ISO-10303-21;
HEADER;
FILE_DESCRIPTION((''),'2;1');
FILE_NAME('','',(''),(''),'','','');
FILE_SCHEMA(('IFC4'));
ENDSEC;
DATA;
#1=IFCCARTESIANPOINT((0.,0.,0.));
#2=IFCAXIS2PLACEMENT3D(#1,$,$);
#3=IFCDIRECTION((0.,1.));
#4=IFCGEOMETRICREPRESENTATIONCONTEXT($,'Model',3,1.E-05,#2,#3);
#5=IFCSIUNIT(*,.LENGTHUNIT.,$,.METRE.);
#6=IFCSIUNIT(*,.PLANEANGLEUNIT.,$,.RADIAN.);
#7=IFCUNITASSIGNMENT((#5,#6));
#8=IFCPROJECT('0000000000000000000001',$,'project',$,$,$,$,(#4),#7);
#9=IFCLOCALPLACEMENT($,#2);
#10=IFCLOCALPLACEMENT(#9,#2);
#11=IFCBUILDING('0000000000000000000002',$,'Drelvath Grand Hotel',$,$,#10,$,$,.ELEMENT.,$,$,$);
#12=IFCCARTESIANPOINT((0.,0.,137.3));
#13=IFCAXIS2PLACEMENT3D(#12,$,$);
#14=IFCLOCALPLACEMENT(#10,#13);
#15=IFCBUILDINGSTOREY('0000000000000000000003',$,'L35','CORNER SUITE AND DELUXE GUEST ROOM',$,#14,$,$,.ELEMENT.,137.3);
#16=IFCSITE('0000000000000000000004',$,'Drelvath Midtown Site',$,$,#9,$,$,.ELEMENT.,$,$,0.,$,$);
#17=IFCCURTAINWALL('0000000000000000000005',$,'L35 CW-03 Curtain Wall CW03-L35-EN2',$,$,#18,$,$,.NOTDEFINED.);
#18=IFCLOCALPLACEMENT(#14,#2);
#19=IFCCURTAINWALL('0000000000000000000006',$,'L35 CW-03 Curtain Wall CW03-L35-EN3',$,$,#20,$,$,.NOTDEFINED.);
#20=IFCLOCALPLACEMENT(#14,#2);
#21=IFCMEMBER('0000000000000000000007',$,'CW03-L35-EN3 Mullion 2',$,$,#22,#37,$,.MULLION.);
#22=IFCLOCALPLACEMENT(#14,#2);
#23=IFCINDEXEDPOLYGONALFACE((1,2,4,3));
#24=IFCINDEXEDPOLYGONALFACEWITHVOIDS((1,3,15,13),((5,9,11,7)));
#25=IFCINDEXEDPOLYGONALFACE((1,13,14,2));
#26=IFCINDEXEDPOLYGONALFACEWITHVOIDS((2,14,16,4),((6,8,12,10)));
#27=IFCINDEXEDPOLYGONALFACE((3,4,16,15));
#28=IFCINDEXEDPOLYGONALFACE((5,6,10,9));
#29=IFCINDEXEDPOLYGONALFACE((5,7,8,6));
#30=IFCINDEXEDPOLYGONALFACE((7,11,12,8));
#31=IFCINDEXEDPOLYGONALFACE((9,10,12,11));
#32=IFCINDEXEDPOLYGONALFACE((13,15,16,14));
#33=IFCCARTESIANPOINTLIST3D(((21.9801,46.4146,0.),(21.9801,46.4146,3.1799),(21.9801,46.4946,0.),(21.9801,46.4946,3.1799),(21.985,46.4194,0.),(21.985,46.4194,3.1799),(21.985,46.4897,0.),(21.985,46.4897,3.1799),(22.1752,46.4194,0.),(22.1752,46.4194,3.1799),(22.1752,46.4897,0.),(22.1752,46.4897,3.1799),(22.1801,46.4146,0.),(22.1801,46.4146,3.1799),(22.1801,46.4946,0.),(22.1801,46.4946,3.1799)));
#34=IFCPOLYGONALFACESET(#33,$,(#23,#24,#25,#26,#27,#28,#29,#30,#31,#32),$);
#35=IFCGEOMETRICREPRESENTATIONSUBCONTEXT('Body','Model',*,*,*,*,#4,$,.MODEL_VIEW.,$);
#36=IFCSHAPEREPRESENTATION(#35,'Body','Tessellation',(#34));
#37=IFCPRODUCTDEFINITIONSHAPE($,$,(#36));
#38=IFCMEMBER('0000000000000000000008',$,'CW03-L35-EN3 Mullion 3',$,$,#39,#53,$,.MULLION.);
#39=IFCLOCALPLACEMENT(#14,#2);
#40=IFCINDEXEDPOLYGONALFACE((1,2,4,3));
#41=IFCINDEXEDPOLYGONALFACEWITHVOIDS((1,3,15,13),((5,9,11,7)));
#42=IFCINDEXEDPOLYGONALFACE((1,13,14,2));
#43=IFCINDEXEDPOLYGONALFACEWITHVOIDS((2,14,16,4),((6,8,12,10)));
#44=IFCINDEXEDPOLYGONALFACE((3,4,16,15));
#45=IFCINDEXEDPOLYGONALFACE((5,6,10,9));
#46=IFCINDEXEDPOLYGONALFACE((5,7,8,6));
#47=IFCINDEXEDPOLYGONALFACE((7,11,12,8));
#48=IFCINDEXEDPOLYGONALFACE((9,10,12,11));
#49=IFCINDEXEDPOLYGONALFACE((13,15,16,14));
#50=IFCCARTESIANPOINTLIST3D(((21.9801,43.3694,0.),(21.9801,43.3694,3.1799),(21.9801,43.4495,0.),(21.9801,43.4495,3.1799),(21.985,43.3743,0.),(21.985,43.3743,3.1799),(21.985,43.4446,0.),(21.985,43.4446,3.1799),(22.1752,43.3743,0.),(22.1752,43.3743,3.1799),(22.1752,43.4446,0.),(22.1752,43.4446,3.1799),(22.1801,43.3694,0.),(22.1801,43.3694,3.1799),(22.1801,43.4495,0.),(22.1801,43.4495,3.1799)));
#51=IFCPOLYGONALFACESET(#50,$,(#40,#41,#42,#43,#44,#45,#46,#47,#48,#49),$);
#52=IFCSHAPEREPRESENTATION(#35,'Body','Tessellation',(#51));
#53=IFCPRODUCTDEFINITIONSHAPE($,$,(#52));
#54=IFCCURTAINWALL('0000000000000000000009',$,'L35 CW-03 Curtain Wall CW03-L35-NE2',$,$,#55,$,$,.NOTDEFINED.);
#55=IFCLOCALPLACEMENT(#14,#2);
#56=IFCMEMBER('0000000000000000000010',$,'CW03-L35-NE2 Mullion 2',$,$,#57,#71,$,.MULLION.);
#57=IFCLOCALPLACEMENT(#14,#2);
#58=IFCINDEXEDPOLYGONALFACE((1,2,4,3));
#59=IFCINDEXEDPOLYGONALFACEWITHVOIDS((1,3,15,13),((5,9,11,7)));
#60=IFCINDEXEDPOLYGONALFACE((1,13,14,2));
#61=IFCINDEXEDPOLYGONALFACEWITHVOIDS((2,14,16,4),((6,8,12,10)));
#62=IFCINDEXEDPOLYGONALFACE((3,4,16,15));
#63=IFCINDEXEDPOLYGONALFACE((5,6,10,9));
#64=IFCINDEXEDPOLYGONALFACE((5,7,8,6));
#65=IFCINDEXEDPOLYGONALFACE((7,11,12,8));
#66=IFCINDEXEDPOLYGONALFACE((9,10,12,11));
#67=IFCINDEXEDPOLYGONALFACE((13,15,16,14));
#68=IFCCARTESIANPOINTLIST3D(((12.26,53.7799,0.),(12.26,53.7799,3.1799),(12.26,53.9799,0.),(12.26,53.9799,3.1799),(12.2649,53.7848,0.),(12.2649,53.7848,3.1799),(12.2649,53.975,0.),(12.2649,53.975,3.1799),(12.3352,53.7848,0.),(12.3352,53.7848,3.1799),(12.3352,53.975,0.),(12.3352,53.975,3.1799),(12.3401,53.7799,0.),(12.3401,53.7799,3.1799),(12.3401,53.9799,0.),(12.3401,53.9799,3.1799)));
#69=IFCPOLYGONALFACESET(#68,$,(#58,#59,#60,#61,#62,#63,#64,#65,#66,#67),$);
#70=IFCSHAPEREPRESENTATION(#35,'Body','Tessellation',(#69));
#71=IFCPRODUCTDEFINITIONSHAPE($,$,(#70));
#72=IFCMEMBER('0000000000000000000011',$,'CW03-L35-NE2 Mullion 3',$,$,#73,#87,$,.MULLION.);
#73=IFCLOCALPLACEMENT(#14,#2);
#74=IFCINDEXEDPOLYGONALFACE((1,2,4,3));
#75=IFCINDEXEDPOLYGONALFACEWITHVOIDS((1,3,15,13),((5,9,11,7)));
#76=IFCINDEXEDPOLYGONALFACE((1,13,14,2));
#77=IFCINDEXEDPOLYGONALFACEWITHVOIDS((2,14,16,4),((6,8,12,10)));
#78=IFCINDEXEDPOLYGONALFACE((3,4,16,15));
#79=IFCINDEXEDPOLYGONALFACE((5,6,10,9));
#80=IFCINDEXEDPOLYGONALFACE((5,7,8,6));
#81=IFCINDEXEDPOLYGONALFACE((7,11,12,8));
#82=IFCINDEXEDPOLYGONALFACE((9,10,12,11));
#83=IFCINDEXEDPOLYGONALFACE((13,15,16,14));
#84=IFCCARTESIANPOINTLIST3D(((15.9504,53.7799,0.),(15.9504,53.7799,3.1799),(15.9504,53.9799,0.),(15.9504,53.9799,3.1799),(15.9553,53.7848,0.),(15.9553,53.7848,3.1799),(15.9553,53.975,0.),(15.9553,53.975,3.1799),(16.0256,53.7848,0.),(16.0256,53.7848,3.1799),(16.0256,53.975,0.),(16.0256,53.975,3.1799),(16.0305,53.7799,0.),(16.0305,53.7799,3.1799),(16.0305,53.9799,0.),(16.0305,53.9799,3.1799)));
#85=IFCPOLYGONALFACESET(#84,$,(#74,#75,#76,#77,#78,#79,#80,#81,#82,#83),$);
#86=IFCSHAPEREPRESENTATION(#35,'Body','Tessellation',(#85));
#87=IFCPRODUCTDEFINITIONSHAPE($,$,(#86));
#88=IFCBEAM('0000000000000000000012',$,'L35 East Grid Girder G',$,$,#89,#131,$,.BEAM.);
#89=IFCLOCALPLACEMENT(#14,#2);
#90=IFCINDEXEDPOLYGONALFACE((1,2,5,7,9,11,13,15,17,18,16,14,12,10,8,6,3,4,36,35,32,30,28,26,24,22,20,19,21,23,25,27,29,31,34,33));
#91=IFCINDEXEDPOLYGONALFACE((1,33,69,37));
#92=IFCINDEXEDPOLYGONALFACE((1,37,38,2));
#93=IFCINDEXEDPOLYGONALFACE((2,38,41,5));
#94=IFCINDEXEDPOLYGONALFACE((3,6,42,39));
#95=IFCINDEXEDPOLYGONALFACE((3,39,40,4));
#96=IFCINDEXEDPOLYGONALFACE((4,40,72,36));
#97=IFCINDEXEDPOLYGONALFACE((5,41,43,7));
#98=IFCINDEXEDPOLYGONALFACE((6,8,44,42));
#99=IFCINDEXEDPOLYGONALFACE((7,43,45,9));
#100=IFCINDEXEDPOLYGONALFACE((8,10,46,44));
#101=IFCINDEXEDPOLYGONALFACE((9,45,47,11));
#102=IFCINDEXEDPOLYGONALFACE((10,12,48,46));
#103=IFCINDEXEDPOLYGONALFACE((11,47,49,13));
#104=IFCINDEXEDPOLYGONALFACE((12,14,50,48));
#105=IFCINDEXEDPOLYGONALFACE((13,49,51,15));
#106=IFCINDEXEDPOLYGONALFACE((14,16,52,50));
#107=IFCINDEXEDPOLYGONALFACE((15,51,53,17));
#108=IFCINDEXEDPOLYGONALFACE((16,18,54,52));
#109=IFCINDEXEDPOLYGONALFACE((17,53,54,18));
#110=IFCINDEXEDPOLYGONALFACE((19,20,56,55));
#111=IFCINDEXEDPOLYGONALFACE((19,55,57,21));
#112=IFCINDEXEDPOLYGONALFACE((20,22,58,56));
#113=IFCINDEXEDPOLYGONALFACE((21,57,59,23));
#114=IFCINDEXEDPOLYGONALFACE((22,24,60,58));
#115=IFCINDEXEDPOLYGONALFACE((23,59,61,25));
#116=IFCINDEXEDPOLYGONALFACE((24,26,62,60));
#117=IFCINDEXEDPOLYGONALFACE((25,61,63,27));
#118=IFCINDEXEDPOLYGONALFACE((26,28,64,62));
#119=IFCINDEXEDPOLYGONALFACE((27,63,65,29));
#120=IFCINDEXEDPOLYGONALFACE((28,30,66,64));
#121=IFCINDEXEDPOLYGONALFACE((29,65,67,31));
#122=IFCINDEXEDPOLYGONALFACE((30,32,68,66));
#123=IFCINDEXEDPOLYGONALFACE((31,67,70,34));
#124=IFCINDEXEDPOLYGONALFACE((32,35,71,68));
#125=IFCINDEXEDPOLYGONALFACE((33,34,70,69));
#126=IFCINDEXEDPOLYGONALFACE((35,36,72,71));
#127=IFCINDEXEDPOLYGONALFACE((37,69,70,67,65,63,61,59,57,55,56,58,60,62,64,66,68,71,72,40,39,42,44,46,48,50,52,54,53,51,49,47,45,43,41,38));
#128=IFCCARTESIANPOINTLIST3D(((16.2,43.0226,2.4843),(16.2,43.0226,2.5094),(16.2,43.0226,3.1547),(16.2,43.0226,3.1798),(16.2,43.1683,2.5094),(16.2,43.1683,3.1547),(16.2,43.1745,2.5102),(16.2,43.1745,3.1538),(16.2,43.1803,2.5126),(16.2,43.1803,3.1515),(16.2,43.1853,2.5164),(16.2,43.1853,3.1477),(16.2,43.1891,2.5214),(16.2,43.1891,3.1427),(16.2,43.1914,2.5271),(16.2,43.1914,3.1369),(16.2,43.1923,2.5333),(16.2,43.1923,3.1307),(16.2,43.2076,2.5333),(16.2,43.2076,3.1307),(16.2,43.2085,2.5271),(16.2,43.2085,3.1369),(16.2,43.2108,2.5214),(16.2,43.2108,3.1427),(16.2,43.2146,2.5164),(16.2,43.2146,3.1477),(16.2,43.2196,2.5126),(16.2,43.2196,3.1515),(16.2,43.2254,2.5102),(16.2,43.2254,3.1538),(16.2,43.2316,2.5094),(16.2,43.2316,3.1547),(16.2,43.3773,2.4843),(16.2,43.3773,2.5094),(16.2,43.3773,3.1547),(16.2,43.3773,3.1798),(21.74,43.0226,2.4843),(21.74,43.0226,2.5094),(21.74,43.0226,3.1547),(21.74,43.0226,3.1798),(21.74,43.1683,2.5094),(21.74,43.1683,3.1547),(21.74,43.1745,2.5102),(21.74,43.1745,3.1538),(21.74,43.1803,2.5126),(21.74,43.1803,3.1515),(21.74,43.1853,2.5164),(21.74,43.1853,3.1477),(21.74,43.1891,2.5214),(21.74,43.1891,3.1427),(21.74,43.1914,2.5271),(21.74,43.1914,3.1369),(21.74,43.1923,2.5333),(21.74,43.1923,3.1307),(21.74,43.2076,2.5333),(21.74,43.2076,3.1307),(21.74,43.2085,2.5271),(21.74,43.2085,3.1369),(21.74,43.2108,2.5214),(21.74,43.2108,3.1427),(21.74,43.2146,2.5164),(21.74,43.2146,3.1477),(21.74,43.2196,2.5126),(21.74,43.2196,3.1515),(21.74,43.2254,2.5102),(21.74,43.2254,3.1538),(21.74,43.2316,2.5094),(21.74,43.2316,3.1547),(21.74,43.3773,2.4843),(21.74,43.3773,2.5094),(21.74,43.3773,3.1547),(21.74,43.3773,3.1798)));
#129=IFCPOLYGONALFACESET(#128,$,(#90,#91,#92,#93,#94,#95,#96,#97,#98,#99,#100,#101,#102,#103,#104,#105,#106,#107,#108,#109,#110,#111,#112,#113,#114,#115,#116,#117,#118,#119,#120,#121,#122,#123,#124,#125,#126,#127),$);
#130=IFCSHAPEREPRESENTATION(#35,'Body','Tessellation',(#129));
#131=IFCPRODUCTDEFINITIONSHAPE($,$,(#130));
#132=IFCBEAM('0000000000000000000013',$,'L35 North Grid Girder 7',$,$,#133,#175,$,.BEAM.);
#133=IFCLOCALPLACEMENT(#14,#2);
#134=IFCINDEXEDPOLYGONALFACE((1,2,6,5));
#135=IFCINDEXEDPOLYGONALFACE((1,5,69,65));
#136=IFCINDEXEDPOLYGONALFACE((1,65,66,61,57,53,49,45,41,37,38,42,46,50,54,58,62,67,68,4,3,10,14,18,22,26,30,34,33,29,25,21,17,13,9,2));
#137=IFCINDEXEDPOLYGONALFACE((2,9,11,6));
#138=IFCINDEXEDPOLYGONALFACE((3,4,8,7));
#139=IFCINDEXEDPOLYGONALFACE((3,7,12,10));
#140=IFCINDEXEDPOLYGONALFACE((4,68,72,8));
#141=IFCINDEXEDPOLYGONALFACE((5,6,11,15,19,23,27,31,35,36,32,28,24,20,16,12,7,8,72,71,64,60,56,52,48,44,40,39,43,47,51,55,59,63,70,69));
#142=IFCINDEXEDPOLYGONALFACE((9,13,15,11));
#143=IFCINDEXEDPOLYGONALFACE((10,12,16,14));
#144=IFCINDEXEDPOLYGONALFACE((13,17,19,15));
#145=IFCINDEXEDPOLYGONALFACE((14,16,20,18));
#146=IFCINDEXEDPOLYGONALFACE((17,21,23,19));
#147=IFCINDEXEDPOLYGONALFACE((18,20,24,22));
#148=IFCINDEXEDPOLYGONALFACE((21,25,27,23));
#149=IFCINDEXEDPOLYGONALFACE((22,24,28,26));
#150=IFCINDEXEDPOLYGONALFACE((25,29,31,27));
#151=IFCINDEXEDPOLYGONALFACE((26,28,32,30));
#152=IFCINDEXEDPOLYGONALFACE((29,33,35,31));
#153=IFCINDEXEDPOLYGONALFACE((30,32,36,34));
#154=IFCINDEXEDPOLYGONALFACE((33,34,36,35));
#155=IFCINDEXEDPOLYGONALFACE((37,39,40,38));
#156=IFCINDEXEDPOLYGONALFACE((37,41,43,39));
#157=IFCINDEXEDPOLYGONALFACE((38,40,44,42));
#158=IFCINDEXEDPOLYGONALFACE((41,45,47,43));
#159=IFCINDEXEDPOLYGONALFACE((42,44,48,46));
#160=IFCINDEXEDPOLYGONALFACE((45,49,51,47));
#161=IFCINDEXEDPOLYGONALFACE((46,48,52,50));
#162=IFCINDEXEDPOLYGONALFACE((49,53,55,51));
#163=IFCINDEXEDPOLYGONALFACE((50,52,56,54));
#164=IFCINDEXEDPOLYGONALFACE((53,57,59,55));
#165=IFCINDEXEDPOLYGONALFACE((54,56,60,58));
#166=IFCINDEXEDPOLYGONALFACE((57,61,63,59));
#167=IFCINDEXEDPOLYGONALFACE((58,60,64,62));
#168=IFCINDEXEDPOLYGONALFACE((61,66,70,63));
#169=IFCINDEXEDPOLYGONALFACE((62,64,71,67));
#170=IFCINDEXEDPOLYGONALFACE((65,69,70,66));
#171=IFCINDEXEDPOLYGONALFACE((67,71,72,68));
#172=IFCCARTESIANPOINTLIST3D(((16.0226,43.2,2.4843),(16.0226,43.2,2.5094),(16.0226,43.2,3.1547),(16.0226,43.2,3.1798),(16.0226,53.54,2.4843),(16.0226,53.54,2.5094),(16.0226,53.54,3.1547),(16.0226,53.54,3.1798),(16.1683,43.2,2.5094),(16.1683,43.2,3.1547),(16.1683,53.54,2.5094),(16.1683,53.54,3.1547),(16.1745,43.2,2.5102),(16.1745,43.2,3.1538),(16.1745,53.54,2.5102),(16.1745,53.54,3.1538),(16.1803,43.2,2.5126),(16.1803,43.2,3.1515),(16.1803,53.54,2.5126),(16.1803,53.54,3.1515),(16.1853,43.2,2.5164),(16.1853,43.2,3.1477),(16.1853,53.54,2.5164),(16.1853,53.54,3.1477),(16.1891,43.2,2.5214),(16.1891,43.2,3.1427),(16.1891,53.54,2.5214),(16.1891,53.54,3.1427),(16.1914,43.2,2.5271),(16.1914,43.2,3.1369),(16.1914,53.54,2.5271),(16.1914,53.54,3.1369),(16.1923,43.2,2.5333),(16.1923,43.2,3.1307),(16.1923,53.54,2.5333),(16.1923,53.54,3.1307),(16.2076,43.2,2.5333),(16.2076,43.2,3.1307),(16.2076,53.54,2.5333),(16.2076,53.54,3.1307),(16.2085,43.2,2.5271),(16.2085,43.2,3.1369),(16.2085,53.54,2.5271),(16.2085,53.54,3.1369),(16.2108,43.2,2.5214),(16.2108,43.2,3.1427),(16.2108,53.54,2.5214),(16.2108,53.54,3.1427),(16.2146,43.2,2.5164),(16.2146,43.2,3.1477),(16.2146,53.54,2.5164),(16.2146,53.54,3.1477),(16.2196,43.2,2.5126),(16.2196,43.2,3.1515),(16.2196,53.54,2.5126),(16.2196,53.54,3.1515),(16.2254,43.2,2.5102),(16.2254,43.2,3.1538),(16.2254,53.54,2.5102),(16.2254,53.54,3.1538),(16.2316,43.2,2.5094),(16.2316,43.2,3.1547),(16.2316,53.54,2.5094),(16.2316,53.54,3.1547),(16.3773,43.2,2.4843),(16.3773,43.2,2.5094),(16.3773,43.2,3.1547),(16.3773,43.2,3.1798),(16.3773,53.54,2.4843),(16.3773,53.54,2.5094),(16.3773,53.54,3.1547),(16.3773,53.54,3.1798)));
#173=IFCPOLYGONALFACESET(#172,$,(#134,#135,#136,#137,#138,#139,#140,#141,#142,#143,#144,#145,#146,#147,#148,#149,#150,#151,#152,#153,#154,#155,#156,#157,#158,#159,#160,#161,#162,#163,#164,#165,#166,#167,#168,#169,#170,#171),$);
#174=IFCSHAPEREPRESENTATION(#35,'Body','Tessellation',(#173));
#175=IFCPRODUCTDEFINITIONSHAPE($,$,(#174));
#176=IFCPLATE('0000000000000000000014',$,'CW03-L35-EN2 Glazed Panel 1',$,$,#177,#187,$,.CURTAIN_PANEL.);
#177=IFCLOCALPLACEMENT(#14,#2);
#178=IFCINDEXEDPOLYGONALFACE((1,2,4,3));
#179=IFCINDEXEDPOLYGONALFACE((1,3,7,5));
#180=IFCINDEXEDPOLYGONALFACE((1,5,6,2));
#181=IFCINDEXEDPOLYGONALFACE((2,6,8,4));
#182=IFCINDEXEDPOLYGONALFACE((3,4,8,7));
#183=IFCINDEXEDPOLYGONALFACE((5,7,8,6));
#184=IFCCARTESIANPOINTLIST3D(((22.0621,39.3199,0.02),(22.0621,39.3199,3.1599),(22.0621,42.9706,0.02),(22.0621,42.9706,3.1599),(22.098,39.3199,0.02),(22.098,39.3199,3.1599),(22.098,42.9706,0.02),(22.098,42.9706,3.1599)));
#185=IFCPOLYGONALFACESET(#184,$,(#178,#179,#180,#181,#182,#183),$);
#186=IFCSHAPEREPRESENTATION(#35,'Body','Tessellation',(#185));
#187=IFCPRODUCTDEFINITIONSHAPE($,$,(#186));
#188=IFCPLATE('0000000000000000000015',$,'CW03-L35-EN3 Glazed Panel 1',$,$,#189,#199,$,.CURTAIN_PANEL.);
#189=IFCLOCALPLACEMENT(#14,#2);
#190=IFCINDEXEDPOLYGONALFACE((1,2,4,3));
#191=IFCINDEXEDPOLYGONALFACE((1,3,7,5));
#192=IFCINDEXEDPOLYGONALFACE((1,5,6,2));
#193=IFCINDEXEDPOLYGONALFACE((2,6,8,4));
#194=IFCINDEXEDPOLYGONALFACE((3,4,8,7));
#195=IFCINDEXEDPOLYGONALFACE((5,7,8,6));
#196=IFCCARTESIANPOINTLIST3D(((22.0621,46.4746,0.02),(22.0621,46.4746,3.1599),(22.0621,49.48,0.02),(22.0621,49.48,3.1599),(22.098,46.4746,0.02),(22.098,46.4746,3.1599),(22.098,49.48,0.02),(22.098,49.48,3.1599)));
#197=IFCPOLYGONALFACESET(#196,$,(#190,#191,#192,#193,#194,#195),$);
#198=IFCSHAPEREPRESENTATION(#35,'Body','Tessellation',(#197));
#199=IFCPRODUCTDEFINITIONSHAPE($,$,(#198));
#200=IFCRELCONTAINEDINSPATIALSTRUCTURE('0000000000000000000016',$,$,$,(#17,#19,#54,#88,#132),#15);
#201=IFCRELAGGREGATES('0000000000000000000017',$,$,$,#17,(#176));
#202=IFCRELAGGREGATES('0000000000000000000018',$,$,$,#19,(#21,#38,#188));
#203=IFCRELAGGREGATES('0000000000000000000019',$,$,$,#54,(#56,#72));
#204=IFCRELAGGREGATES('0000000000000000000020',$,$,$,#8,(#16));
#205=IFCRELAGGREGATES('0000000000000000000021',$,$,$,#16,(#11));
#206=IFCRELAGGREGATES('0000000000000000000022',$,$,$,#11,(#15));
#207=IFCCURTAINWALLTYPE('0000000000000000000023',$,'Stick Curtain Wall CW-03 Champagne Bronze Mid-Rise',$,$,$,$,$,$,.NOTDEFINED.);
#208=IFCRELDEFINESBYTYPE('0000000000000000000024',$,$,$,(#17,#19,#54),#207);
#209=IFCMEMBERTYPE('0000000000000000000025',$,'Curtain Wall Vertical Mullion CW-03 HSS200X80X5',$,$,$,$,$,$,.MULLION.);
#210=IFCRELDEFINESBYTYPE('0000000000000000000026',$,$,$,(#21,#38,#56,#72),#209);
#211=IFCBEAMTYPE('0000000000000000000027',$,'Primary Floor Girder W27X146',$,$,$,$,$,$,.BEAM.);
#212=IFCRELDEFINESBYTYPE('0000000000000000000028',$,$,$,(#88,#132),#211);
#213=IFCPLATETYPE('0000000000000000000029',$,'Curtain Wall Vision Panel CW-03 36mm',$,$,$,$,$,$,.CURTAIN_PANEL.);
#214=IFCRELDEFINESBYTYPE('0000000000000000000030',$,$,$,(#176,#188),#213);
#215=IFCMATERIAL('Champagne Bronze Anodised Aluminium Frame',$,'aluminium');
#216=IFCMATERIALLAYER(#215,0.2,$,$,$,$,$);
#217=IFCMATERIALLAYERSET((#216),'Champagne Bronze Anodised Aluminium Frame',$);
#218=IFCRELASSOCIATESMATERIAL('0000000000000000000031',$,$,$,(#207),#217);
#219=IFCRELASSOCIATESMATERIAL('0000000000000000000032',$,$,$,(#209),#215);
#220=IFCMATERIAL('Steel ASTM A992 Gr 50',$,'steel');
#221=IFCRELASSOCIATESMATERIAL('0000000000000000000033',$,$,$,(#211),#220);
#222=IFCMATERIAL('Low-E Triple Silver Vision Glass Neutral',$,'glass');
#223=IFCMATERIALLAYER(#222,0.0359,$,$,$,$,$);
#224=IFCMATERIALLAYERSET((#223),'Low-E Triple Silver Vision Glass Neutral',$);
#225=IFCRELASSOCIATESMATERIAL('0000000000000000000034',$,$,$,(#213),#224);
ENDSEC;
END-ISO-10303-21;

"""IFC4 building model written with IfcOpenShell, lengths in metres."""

from ifc_helpers import new_model, si_unit, direction, frame, origin, origin_2d, place, context, subcontext, project, spatial, rectangle, hollow_rectangle, i_section, extrude, material, layer, layer_set, material_profile, profile_set, type_object, element, aggregate, save


model = new_model("IFC4")

# Units and contexts
model_context = context("Model", 3, precision=1e-05, world=origin(), true_north=direction((0.0, 1.0)))
body_context = subcontext(model_context, "Body", "Model", "MODEL_VIEW")
ifc_project = project(units=[si_unit("LENGTHUNIT", "METRE"), si_unit("PLANEANGLEUNIT", "RADIAN")], contexts=[model_context])

# Site, building, storey
site_placement = place(None, origin())
site = spatial("IfcSite", under=ifc_project, at=site_placement, Name="Drelvath Midtown Site", CompositionType="ELEMENT", RefElevation=0.0)
building_placement = place(site_placement, origin())
building = spatial("IfcBuilding", under=site, at=building_placement, Name="Drelvath Grand Hotel", CompositionType="ELEMENT")
storey_placement = place(building_placement, frame((0.0, 0.0, 137.3)))
storey = spatial("IfcBuildingStorey", under=building, at=storey_placement, Name="L35", Description="CORNER SUITE AND DELUXE GUEST ROOM", CompositionType="ELEMENT", Elevation=137.3)

# Curtain walls
ifc_material_1 = material(Name="Champagne Bronze Anodised Aluminium Frame", Category="aluminium")
ifc_layer_1 = layer(ifc_material_1, 0.2)
ifc_layer_set_1 = layer_set([ifc_layer_1], Name="Champagne Bronze Anodised Aluminium Frame")
curtain_wall_type = type_object("IfcCurtainWallType", Name="Stick Curtain Wall CW-03 Champagne Bronze Mid-Rise", PredefinedType="NOTDEFINED", material=ifc_layer_set_1)
curtain_wall_1_placement = place(storey_placement, origin())
curtain_wall_1 = element("IfcCurtainWall", 1, at=curtain_wall_1_placement, inside=storey, type_object=curtain_wall_type, Name="L35 CW-03 Curtain Wall CW03-L35-EN2", PredefinedType="NOTDEFINED")
curtain_wall_2_placement = place(storey_placement, origin())
curtain_wall_2 = element("IfcCurtainWall", 2, at=curtain_wall_2_placement, inside=storey, type_object=curtain_wall_type, Name="L35 CW-03 Curtain Wall CW03-L35-EN3", PredefinedType="NOTDEFINED")

# Members
ifc_material_profile_1 = material_profile(ifc_material_1, hollow_rectangle(XDim=0.0801, YDim=0.2, WallThickness=0.0049, at=origin_2d()), Name="HSS200X80X5")
ifc_profile_set_1 = profile_set([ifc_material_profile_1], Name="Champagne Bronze Anodised Aluminium Frame")
member_type_1 = type_object("IfcMemberType", Name="Curtain Wall Vertical Mullion CW-03 HSS200X80X5", PredefinedType="MULLION", material=ifc_profile_set_1)
member_1_placement = place(storey_placement, frame((22.0801, 46.4546, 0.0), z_axis=(0.0, 0.0, 1.0), x_axis=(0.0, 1.0, 0.0)))
member_1 = element("IfcMember", 3, at=member_1_placement, type_object=member_type_1, Name="CW03-L35-EN3 Mullion 2", PredefinedType="MULLION", context=body_context, shape_type="SweptSolid", body=[
    extrude(hollow_rectangle(XDim=0.0801, YDim=0.2, WallThickness=0.0049, at=origin_2d()), origin(), (0.0, 0.0, 1.0), 3.1799),
])
member_2_placement = place(storey_placement, frame((22.0801, 43.4094, 0.0), z_axis=(0.0, 0.0, 1.0), x_axis=(0.0, 1.0, 0.0)))
member_2 = element("IfcMember", 4, at=member_2_placement, type_object=member_type_1, Name="CW03-L35-EN3 Mullion 3", PredefinedType="MULLION", context=body_context, shape_type="SweptSolid", body=[
    extrude(hollow_rectangle(XDim=0.0801, YDim=0.2, WallThickness=0.0049, at=origin_2d()), origin(), (0.0, 0.0, 1.0), 3.1799),
])

# Curtain wall, members
curtain_wall_3_placement = place(storey_placement, origin())
curtain_wall_3 = element("IfcCurtainWall", 5, at=curtain_wall_3_placement, inside=storey, type_object=curtain_wall_type, Name="L35 CW-03 Curtain Wall CW03-L35-NE2", PredefinedType="NOTDEFINED")
member_3_placement = place(storey_placement, frame((12.3, 53.8799, 0.0), z_axis=(0.0, 0.0, 1.0), x_axis=(1.0, 0.0, 0.0)))
member_3 = element("IfcMember", 6, at=member_3_placement, type_object=member_type_1, Name="CW03-L35-NE2 Mullion 2", PredefinedType="MULLION", context=body_context, shape_type="SweptSolid", body=[
    extrude(hollow_rectangle(XDim=0.0801, YDim=0.2, WallThickness=0.0049, at=origin_2d()), origin(), (0.0, 0.0, 1.0), 3.1799),
])
member_4_placement = place(storey_placement, frame((15.9905, 53.8799, 0.0), z_axis=(0.0, 0.0, 1.0), x_axis=(1.0, 0.0, 0.0)))
member_4 = element("IfcMember", 7, at=member_4_placement, type_object=member_type_1, Name="CW03-L35-NE2 Mullion 3", PredefinedType="MULLION", context=body_context, shape_type="SweptSolid", body=[
    extrude(hollow_rectangle(XDim=0.0801, YDim=0.2, WallThickness=0.0049, at=origin_2d()), origin(), (0.0, 0.0, 1.0), 3.1799),
])

# Beams
ifc_material_2 = material(Name="Steel ASTM A992 Gr 50", Category="steel")
ifc_material_profile_2 = material_profile(ifc_material_2, i_section(OverallWidth=0.3547, OverallDepth=0.6956, WebThickness=0.0154, FlangeThickness=0.0251, FilletRadius=0.0239, at=origin_2d()), Name="W27X146")
ifc_profile_set_2 = profile_set([ifc_material_profile_2], Name="Steel ASTM A992 Gr 50")
beam_type = type_object("IfcBeamType", Name="Primary Floor Girder W27X146", PredefinedType="BEAM", material=ifc_profile_set_2)
beam_1_placement = place(storey_placement, frame((16.2, 43.2, 2.832), z_axis=(1.0, 0.0, 0.0), x_axis=(0.0, 1.0, 0.0)))
element("IfcBeam", 8, at=beam_1_placement, inside=storey, type_object=beam_type, Name="L35 East Grid Girder G", PredefinedType="BEAM", context=body_context, shape_type="SweptSolid", body=[
    extrude(i_section(OverallWidth=0.3547, OverallDepth=0.6956, WebThickness=0.0154, FlangeThickness=0.0251, FilletRadius=0.0239, at=origin_2d()), origin(), (0.0, 0.0, 1.0), 5.54),
])
beam_2_placement = place(storey_placement, frame((16.2, 43.2, 2.832), z_axis=(0.0, 1.0, 0.0), x_axis=(-1.0, 0.0, 0.0)))
element("IfcBeam", 9, at=beam_2_placement, inside=storey, type_object=beam_type, Name="L35 North Grid Girder 7", PredefinedType="BEAM", context=body_context, shape_type="SweptSolid", body=[
    extrude(i_section(OverallWidth=0.3547, OverallDepth=0.6956, WebThickness=0.0154, FlangeThickness=0.0251, FilletRadius=0.0239, at=origin_2d()), origin(), (0.0, 0.0, 1.0), 10.3401),
])

# Plates
ifc_material_3 = material(Name="Low-E Triple Silver Vision Glass Neutral", Category="glass")
ifc_layer_2 = layer(ifc_material_3, 0.0359)
ifc_layer_set_2 = layer_set([ifc_layer_2], Name="Low-E Triple Silver Vision Glass Neutral")
plate_type = type_object("IfcPlateType", Name="Curtain Wall Vision Panel CW-03 36mm", PredefinedType="CURTAIN_PANEL", material=ifc_layer_set_2)
plate_1_placement = place(storey_placement, frame((22.0801, 41.1453, 0.02), z_axis=(0.0, 0.0, 1.0), x_axis=(0.0, -1.0, 0.0)))
plate_1 = element("IfcPlate", 10, at=plate_1_placement, type_object=plate_type, Name="CW03-L35-EN2 Glazed Panel 1", PredefinedType="CURTAIN_PANEL", context=body_context, shape_type="SweptSolid", body=[
    extrude(rectangle(XDim=3.6506, YDim=0.0359, at=origin_2d()), origin(), (0.0, 0.0, 1.0), 3.1399),
])
aggregate(curtain_wall_1, [plate_1])
plate_2_placement = place(storey_placement, frame((22.0801, 47.9773, 0.02), z_axis=(0.0, 0.0, 1.0), x_axis=(0.0, -1.0, 0.0)))
plate_2 = element("IfcPlate", 11, at=plate_2_placement, type_object=plate_type, Name="CW03-L35-EN3 Glazed Panel 1", PredefinedType="CURTAIN_PANEL", context=body_context, shape_type="SweptSolid", body=[
    extrude(rectangle(XDim=3.0054, YDim=0.0359, at=origin_2d()), origin(), (0.0, 0.0, 1.0), 3.1399),
])
aggregate(curtain_wall_2, [member_1, member_2, plate_2])
aggregate(curtain_wall_3, [member_3, member_4])

save(model, "model.ifc")
